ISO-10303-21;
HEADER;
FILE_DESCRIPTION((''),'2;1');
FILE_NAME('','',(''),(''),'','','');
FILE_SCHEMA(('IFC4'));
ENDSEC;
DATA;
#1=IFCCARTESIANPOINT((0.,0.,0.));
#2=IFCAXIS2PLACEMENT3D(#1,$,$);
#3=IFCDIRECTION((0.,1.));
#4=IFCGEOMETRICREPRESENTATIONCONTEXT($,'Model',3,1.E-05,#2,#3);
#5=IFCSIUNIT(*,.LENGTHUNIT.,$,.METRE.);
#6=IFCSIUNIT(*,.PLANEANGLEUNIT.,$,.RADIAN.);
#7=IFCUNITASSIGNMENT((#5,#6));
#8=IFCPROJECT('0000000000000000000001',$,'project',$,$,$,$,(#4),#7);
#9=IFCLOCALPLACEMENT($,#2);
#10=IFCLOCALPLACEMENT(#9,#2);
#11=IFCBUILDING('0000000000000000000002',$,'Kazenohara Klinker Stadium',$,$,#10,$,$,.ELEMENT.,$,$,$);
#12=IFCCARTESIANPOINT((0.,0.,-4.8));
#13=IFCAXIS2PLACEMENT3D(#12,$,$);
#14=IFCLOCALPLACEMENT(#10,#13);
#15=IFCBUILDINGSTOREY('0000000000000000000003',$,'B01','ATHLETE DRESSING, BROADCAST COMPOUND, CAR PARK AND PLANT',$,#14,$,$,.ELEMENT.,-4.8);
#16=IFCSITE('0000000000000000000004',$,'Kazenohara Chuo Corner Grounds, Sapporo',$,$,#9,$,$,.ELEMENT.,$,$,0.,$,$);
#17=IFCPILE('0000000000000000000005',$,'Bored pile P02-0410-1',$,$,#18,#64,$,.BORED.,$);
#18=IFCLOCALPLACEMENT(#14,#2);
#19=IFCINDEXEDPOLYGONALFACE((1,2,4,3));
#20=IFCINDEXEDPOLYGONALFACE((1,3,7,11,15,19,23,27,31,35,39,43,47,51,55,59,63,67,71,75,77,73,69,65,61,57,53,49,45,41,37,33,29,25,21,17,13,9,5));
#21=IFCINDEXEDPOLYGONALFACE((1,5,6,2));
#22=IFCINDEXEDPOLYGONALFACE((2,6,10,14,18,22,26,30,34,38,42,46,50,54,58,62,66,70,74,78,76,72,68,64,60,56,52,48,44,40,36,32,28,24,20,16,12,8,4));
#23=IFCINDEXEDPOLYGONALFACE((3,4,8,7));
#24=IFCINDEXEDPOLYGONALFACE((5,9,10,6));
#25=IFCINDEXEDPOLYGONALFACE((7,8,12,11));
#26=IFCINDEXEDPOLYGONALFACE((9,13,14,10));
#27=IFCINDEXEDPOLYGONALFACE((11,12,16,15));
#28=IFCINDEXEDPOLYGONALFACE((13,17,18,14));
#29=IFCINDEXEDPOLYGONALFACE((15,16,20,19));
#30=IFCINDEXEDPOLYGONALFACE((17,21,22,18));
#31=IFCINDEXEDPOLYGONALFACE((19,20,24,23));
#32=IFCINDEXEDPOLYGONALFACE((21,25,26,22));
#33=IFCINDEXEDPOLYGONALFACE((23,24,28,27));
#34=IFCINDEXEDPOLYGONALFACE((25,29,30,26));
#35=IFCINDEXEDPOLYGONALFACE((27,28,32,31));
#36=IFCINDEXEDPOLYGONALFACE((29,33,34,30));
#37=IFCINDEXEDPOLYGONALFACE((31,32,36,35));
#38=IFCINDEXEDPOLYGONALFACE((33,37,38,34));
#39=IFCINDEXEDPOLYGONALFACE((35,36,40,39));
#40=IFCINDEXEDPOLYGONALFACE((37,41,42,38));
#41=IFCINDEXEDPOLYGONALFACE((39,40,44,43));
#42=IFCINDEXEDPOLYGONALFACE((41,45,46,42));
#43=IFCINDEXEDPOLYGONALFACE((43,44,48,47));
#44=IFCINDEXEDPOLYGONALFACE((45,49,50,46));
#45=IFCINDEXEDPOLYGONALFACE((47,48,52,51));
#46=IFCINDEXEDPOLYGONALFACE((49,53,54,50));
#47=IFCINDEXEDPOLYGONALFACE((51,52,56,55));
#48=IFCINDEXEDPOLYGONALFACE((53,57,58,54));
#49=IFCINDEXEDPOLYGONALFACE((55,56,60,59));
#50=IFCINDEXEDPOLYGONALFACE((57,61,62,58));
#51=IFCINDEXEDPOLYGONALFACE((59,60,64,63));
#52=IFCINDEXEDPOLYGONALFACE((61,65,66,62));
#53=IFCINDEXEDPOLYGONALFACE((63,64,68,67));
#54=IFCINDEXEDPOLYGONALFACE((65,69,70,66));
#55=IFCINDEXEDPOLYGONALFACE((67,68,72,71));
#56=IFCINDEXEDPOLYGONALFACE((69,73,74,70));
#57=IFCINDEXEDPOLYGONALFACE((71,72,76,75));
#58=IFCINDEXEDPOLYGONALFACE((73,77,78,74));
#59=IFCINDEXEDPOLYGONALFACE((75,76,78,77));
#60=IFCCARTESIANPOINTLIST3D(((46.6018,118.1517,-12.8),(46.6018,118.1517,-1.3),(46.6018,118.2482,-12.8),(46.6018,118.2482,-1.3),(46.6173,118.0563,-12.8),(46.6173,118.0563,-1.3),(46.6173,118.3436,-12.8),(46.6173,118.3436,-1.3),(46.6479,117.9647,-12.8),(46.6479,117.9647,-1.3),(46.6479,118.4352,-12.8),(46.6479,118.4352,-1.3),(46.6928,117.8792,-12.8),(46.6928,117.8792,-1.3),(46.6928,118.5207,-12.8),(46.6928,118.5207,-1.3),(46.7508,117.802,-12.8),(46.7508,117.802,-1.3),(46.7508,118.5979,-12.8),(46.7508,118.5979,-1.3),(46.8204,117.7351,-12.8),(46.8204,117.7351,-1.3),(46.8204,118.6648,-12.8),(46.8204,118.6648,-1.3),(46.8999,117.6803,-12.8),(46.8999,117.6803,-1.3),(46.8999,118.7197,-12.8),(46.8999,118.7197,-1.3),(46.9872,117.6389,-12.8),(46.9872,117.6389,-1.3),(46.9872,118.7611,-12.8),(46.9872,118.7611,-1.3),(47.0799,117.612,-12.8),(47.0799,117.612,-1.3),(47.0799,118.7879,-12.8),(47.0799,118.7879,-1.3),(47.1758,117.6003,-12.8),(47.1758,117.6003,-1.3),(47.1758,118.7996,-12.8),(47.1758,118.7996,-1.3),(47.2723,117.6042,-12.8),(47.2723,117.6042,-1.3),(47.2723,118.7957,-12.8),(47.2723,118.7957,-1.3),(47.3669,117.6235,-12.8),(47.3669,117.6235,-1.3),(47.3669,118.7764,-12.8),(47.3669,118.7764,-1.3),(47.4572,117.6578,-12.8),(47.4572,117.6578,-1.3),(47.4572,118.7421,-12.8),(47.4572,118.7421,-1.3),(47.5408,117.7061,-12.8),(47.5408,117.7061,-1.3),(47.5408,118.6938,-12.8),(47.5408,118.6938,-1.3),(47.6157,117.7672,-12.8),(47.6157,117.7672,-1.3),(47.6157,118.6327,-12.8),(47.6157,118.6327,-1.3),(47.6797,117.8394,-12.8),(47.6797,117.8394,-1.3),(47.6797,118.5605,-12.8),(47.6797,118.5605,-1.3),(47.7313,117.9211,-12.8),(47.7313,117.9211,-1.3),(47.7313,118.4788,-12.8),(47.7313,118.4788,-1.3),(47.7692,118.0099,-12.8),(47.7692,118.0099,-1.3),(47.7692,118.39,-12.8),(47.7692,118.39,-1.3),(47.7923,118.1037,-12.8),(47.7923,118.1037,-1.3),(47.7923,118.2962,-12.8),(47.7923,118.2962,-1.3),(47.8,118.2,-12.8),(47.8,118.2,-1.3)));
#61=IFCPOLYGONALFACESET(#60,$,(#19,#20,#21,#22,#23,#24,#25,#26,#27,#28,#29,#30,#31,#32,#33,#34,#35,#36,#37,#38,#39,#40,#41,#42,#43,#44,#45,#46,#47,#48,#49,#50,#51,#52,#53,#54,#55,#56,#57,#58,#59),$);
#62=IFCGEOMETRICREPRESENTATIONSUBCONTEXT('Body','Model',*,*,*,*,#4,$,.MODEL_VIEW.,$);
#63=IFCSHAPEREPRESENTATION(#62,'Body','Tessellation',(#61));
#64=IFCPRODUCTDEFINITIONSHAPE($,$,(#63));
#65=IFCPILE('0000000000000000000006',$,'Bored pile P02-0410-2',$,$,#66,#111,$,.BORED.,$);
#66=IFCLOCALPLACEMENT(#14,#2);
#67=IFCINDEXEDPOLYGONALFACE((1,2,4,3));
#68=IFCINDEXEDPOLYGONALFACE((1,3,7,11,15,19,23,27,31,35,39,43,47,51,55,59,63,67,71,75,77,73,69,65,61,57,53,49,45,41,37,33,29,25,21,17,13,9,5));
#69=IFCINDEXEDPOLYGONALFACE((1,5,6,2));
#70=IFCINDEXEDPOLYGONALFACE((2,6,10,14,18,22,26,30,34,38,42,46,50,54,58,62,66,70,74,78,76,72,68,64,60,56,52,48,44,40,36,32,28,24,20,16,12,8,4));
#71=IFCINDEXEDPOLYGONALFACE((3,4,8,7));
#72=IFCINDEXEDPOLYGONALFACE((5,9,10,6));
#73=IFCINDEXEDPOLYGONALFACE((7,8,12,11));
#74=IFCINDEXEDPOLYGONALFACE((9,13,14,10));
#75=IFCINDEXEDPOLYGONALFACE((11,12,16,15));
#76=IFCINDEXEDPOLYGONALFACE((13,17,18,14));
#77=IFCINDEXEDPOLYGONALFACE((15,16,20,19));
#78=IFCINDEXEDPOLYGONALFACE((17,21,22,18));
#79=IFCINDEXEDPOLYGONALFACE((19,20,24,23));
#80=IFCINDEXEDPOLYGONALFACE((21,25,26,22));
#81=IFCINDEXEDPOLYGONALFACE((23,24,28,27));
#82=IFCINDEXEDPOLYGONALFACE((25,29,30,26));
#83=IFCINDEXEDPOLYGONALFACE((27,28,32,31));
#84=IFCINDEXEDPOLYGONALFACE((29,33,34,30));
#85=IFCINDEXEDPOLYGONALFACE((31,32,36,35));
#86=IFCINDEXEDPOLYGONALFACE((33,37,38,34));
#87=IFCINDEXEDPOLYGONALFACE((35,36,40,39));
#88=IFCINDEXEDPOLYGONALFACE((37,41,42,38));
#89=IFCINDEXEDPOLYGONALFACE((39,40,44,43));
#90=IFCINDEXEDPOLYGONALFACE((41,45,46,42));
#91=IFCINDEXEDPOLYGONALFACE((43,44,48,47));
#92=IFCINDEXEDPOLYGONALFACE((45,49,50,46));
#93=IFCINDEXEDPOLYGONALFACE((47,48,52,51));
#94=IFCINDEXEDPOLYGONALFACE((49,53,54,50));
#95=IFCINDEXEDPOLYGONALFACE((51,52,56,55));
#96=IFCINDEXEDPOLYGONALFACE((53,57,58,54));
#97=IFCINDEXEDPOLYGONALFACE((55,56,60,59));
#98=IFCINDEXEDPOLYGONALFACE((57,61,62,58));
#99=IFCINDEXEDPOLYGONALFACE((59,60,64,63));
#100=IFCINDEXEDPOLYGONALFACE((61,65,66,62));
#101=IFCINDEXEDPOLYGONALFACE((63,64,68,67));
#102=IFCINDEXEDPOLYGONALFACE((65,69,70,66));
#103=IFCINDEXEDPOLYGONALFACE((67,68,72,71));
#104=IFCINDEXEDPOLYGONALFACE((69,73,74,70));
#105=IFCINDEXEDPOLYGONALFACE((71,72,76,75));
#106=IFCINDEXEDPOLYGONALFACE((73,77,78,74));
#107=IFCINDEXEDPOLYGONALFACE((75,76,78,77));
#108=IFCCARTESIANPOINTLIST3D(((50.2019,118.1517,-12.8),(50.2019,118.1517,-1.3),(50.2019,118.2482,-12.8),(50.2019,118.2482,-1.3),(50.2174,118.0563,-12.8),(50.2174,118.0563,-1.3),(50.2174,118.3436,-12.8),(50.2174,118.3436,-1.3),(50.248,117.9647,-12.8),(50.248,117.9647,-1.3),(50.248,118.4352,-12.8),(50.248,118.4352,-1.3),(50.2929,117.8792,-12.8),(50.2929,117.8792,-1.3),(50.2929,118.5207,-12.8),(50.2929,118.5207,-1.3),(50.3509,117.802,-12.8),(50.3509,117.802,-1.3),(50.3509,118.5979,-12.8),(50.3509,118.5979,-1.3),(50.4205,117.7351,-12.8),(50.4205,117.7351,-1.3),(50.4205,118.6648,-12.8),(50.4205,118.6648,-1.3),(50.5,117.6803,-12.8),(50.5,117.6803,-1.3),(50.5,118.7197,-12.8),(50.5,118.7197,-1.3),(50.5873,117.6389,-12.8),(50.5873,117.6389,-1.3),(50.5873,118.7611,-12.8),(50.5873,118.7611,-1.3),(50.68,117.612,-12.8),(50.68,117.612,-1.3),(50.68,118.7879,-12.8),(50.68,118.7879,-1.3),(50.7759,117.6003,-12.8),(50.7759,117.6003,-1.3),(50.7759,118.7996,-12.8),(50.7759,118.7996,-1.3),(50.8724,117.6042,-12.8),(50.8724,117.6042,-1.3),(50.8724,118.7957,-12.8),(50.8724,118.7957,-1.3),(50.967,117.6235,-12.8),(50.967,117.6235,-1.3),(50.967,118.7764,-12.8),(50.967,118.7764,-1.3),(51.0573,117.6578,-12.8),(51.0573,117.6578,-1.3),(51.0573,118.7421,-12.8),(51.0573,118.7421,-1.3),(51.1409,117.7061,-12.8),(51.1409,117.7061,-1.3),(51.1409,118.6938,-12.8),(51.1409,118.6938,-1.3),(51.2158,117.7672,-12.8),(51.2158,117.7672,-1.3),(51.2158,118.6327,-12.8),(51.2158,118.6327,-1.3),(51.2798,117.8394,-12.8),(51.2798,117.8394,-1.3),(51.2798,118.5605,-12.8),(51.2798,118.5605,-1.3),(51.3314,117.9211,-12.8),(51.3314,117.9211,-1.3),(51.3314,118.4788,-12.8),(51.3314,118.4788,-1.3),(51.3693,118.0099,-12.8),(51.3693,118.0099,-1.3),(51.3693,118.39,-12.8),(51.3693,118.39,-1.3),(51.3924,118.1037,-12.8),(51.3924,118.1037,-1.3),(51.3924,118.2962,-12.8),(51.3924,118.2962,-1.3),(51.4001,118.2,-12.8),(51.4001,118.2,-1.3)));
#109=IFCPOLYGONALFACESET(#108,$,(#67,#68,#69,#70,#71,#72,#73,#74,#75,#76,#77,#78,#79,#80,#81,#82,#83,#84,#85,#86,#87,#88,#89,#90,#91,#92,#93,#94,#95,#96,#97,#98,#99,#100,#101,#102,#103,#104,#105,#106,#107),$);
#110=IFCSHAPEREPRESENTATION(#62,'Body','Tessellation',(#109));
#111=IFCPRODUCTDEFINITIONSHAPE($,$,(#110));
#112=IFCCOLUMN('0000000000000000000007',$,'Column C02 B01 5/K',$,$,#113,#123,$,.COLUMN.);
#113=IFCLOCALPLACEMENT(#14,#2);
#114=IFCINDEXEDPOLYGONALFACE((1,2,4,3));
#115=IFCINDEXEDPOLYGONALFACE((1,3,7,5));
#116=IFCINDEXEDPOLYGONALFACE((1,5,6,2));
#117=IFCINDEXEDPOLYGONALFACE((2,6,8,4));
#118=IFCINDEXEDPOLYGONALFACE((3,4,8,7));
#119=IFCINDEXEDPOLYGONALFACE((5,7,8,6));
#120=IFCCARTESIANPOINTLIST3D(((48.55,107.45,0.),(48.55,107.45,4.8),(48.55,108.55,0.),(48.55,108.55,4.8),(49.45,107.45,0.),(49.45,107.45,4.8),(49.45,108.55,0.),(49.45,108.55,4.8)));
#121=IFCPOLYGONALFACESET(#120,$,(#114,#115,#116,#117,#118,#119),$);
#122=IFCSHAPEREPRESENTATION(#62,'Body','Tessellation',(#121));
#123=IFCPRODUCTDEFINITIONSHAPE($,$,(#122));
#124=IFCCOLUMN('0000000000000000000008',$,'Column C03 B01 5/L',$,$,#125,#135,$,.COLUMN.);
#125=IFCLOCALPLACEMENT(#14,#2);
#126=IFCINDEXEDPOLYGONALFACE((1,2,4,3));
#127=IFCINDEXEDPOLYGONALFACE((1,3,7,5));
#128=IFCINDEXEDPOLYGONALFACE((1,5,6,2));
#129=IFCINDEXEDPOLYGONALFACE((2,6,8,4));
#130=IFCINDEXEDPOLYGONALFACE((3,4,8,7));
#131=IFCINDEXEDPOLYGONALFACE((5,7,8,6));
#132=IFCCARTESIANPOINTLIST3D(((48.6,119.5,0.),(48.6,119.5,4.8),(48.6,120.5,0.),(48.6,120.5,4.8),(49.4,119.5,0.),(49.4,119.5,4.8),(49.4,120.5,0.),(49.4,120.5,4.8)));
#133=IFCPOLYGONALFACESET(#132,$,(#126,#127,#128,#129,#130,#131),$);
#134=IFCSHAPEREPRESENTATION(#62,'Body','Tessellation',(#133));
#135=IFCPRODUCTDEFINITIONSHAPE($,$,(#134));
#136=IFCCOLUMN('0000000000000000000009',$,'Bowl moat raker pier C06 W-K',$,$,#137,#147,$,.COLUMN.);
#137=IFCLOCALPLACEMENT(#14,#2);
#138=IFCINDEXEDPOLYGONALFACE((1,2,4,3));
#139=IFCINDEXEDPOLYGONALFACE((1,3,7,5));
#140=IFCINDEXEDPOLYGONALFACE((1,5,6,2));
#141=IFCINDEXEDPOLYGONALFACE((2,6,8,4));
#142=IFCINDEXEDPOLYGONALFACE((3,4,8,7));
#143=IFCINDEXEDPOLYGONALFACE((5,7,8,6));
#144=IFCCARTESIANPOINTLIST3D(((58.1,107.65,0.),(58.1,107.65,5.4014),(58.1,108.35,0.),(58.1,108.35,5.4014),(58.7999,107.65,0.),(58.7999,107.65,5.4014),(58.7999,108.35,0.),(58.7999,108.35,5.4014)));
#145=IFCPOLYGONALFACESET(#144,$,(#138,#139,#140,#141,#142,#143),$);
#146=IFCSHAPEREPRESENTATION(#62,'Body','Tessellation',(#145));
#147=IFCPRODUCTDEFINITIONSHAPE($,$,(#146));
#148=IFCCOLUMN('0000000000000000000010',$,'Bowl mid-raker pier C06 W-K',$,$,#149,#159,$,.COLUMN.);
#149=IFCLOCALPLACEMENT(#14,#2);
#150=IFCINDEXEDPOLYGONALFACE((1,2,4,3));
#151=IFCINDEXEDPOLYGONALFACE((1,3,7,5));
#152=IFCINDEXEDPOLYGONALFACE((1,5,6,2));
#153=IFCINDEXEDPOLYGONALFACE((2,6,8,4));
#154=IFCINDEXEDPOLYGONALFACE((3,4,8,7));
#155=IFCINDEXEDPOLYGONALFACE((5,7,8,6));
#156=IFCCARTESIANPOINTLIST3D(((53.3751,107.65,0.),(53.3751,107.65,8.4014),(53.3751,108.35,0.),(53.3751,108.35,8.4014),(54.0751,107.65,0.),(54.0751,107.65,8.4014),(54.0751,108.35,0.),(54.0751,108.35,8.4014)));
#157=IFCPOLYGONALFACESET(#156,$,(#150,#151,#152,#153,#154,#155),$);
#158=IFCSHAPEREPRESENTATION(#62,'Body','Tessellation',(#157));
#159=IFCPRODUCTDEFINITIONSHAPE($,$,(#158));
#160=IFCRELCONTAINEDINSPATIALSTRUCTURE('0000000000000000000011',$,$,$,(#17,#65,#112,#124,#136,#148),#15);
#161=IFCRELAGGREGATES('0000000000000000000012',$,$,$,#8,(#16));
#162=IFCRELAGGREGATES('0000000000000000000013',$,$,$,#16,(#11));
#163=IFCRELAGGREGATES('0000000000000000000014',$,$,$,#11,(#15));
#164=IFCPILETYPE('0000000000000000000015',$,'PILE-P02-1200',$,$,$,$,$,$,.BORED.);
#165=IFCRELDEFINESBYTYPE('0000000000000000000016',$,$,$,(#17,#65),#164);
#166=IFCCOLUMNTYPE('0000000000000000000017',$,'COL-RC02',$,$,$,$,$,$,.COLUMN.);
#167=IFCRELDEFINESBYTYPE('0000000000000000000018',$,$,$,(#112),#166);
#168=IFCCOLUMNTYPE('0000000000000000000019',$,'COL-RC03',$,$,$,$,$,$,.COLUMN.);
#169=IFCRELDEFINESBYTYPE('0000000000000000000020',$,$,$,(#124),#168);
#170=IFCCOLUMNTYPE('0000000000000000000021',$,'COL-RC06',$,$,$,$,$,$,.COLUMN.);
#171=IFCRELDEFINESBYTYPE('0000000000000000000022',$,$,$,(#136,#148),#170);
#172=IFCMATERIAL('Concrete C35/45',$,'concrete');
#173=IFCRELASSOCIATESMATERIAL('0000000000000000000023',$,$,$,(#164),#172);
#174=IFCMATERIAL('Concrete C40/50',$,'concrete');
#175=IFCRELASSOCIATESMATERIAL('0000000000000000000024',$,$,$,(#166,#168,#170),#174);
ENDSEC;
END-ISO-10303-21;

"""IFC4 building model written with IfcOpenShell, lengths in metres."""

from ifc_helpers import new_model, si_unit, direction, frame, origin, origin_2d, place, context, subcontext, project, spatial, rectangle, circle, extrude, material, material_profile, profile_set, type_object, element, save


model = new_model("IFC4")

# Units and contexts
model_context = context("Model", 3, precision=1e-05, world=origin(), true_north=direction((0.0, 1.0)))
body_context = subcontext(model_context, "Body", "Model", "MODEL_VIEW")
ifc_project = project(units=[si_unit("LENGTHUNIT", "METRE"), si_unit("PLANEANGLEUNIT", "RADIAN")], contexts=[model_context])

# Site, building, storey
site_placement = place(None, origin())
site = spatial("IfcSite", under=ifc_project, at=site_placement, Name="Kazenohara Chuo Corner Grounds, Sapporo", CompositionType="ELEMENT", RefElevation=0.0)
building_placement = place(site_placement, origin())
building = spatial("IfcBuilding", under=site, at=building_placement, Name="Kazenohara Klinker Stadium", CompositionType="ELEMENT")
storey_placement = place(building_placement, frame((0.0, 0.0, -4.8)))
storey = spatial("IfcBuildingStorey", under=building, at=storey_placement, Name="B01", Description="ATHLETE DRESSING, BROADCAST COMPOUND, CAR PARK AND PLANT", CompositionType="ELEMENT", Elevation=-4.8)

# Shared definitions
ifc_material_1 = material(Name="Concrete C35/45", Category="concrete")

# Piles
ifc_material_profile_1 = material_profile(ifc_material_1, circle(Radius=0.6001, at=origin_2d()), Name="BORED-PILE-1200")
ifc_profile_set_1 = profile_set([ifc_material_profile_1], Name="Concrete C35/45")
pile_type_1 = type_object("IfcPileType", Name="PILE-P02-1200", PredefinedType="BORED", material=ifc_profile_set_1)
for number, where, z_axis, x_axis, name in (
    (1, (47.2, 118.2, -1.3), (0.0, 0.0, -1.0), (1.0, 0.0, 0.0), "Bored pile P02-0410-1"),
    (2, (50.8, 118.2, -1.3), (0.0, 0.0, -1.0), (1.0, 0.0, 0.0), "Bored pile P02-0410-2"),
):
    element("IfcPile", number, at=place(storey_placement, frame(where, z_axis=z_axis, x_axis=x_axis)), inside=storey, type_object=pile_type_1, Name=name, PredefinedType="BORED", context=body_context, shape_type="SweptSolid", body=[
        extrude(circle(Radius=0.6001, at=origin_2d()), origin(), (0.0, 0.0, 1.0), 11.5),
    ])

# Columns
ifc_material_2 = material(Name="Concrete C40/50", Category="concrete")
ifc_material_profile_2 = material_profile(ifc_material_2, rectangle(XDim=0.8999, YDim=1.1001, at=origin_2d()), Name="RC-COL-1100x900")
ifc_profile_set_2 = profile_set([ifc_material_profile_2], Name="Concrete C40/50")
column_type_1 = type_object("IfcColumnType", Name="COL-RC02", PredefinedType="COLUMN", material=ifc_profile_set_2)
column_1_placement = place(storey_placement, frame((49.0, 108.0, 0.0), z_axis=(0.0, 0.0, 1.0), x_axis=(1.0, 0.0, 0.0)))
element("IfcColumn", 3, at=column_1_placement, inside=storey, type_object=column_type_1, Name="Column C02 B01 5/K", PredefinedType="COLUMN", context=body_context, shape_type="SweptSolid", body=[
    extrude(rectangle(XDim=0.8999, YDim=1.1001, at=origin_2d()), origin(), (0.0, 0.0, 1.0), 4.8),
])
ifc_material_profile_3 = material_profile(ifc_material_2, rectangle(XDim=0.8, YDim=1.0, at=origin_2d()), Name="RC-COL-1000x800")
ifc_profile_set_3 = profile_set([ifc_material_profile_3], Name="Concrete C40/50")
column_type_2 = type_object("IfcColumnType", Name="COL-RC03", PredefinedType="COLUMN", material=ifc_profile_set_3)
column_2_placement = place(storey_placement, frame((49.0, 120.0, 0.0), z_axis=(0.0, 0.0, 1.0), x_axis=(1.0, 0.0, 0.0)))
element("IfcColumn", 4, at=column_2_placement, inside=storey, type_object=column_type_2, Name="Column C03 B01 5/L", PredefinedType="COLUMN", context=body_context, shape_type="SweptSolid", body=[
    extrude(rectangle(XDim=0.8, YDim=1.0, at=origin_2d()), origin(), (0.0, 0.0, 1.0), 4.8),
])
ifc_material_profile_4 = material_profile(ifc_material_2, rectangle(XDim=0.7, YDim=0.7, at=origin_2d()), Name="RC-COL-700x700")
ifc_profile_set_4 = profile_set([ifc_material_profile_4], Name="Concrete C40/50")
column_type_3 = type_object("IfcColumnType", Name="COL-RC06", PredefinedType="COLUMN", material=ifc_profile_set_4)
column_3_placement = place(storey_placement, frame((58.45, 108.0, 0.0), z_axis=(0.0, 0.0, 1.0), x_axis=(1.0, 0.0, 0.0)))
element("IfcColumn", 5, at=column_3_placement, inside=storey, type_object=column_type_3, Name="Bowl moat raker pier C06 W-K", PredefinedType="COLUMN", context=body_context, shape_type="SweptSolid", body=[
    extrude(rectangle(XDim=0.7, YDim=0.7, at=origin_2d()), origin(), (0.0, 0.0, 1.0), 5.4014),
])
column_4_placement = place(storey_placement, frame((53.7251, 108.0, 0.0), z_axis=(0.0, 0.0, 1.0), x_axis=(1.0, 0.0, 0.0)))
element("IfcColumn", 6, at=column_4_placement, inside=storey, type_object=column_type_3, Name="Bowl mid-raker pier C06 W-K", PredefinedType="COLUMN", context=body_context, shape_type="SweptSolid", body=[
    extrude(rectangle(XDim=0.7, YDim=0.7, at=origin_2d()), origin(), (0.0, 0.0, 1.0), 8.4014),
])

save(model, "model.ifc")
